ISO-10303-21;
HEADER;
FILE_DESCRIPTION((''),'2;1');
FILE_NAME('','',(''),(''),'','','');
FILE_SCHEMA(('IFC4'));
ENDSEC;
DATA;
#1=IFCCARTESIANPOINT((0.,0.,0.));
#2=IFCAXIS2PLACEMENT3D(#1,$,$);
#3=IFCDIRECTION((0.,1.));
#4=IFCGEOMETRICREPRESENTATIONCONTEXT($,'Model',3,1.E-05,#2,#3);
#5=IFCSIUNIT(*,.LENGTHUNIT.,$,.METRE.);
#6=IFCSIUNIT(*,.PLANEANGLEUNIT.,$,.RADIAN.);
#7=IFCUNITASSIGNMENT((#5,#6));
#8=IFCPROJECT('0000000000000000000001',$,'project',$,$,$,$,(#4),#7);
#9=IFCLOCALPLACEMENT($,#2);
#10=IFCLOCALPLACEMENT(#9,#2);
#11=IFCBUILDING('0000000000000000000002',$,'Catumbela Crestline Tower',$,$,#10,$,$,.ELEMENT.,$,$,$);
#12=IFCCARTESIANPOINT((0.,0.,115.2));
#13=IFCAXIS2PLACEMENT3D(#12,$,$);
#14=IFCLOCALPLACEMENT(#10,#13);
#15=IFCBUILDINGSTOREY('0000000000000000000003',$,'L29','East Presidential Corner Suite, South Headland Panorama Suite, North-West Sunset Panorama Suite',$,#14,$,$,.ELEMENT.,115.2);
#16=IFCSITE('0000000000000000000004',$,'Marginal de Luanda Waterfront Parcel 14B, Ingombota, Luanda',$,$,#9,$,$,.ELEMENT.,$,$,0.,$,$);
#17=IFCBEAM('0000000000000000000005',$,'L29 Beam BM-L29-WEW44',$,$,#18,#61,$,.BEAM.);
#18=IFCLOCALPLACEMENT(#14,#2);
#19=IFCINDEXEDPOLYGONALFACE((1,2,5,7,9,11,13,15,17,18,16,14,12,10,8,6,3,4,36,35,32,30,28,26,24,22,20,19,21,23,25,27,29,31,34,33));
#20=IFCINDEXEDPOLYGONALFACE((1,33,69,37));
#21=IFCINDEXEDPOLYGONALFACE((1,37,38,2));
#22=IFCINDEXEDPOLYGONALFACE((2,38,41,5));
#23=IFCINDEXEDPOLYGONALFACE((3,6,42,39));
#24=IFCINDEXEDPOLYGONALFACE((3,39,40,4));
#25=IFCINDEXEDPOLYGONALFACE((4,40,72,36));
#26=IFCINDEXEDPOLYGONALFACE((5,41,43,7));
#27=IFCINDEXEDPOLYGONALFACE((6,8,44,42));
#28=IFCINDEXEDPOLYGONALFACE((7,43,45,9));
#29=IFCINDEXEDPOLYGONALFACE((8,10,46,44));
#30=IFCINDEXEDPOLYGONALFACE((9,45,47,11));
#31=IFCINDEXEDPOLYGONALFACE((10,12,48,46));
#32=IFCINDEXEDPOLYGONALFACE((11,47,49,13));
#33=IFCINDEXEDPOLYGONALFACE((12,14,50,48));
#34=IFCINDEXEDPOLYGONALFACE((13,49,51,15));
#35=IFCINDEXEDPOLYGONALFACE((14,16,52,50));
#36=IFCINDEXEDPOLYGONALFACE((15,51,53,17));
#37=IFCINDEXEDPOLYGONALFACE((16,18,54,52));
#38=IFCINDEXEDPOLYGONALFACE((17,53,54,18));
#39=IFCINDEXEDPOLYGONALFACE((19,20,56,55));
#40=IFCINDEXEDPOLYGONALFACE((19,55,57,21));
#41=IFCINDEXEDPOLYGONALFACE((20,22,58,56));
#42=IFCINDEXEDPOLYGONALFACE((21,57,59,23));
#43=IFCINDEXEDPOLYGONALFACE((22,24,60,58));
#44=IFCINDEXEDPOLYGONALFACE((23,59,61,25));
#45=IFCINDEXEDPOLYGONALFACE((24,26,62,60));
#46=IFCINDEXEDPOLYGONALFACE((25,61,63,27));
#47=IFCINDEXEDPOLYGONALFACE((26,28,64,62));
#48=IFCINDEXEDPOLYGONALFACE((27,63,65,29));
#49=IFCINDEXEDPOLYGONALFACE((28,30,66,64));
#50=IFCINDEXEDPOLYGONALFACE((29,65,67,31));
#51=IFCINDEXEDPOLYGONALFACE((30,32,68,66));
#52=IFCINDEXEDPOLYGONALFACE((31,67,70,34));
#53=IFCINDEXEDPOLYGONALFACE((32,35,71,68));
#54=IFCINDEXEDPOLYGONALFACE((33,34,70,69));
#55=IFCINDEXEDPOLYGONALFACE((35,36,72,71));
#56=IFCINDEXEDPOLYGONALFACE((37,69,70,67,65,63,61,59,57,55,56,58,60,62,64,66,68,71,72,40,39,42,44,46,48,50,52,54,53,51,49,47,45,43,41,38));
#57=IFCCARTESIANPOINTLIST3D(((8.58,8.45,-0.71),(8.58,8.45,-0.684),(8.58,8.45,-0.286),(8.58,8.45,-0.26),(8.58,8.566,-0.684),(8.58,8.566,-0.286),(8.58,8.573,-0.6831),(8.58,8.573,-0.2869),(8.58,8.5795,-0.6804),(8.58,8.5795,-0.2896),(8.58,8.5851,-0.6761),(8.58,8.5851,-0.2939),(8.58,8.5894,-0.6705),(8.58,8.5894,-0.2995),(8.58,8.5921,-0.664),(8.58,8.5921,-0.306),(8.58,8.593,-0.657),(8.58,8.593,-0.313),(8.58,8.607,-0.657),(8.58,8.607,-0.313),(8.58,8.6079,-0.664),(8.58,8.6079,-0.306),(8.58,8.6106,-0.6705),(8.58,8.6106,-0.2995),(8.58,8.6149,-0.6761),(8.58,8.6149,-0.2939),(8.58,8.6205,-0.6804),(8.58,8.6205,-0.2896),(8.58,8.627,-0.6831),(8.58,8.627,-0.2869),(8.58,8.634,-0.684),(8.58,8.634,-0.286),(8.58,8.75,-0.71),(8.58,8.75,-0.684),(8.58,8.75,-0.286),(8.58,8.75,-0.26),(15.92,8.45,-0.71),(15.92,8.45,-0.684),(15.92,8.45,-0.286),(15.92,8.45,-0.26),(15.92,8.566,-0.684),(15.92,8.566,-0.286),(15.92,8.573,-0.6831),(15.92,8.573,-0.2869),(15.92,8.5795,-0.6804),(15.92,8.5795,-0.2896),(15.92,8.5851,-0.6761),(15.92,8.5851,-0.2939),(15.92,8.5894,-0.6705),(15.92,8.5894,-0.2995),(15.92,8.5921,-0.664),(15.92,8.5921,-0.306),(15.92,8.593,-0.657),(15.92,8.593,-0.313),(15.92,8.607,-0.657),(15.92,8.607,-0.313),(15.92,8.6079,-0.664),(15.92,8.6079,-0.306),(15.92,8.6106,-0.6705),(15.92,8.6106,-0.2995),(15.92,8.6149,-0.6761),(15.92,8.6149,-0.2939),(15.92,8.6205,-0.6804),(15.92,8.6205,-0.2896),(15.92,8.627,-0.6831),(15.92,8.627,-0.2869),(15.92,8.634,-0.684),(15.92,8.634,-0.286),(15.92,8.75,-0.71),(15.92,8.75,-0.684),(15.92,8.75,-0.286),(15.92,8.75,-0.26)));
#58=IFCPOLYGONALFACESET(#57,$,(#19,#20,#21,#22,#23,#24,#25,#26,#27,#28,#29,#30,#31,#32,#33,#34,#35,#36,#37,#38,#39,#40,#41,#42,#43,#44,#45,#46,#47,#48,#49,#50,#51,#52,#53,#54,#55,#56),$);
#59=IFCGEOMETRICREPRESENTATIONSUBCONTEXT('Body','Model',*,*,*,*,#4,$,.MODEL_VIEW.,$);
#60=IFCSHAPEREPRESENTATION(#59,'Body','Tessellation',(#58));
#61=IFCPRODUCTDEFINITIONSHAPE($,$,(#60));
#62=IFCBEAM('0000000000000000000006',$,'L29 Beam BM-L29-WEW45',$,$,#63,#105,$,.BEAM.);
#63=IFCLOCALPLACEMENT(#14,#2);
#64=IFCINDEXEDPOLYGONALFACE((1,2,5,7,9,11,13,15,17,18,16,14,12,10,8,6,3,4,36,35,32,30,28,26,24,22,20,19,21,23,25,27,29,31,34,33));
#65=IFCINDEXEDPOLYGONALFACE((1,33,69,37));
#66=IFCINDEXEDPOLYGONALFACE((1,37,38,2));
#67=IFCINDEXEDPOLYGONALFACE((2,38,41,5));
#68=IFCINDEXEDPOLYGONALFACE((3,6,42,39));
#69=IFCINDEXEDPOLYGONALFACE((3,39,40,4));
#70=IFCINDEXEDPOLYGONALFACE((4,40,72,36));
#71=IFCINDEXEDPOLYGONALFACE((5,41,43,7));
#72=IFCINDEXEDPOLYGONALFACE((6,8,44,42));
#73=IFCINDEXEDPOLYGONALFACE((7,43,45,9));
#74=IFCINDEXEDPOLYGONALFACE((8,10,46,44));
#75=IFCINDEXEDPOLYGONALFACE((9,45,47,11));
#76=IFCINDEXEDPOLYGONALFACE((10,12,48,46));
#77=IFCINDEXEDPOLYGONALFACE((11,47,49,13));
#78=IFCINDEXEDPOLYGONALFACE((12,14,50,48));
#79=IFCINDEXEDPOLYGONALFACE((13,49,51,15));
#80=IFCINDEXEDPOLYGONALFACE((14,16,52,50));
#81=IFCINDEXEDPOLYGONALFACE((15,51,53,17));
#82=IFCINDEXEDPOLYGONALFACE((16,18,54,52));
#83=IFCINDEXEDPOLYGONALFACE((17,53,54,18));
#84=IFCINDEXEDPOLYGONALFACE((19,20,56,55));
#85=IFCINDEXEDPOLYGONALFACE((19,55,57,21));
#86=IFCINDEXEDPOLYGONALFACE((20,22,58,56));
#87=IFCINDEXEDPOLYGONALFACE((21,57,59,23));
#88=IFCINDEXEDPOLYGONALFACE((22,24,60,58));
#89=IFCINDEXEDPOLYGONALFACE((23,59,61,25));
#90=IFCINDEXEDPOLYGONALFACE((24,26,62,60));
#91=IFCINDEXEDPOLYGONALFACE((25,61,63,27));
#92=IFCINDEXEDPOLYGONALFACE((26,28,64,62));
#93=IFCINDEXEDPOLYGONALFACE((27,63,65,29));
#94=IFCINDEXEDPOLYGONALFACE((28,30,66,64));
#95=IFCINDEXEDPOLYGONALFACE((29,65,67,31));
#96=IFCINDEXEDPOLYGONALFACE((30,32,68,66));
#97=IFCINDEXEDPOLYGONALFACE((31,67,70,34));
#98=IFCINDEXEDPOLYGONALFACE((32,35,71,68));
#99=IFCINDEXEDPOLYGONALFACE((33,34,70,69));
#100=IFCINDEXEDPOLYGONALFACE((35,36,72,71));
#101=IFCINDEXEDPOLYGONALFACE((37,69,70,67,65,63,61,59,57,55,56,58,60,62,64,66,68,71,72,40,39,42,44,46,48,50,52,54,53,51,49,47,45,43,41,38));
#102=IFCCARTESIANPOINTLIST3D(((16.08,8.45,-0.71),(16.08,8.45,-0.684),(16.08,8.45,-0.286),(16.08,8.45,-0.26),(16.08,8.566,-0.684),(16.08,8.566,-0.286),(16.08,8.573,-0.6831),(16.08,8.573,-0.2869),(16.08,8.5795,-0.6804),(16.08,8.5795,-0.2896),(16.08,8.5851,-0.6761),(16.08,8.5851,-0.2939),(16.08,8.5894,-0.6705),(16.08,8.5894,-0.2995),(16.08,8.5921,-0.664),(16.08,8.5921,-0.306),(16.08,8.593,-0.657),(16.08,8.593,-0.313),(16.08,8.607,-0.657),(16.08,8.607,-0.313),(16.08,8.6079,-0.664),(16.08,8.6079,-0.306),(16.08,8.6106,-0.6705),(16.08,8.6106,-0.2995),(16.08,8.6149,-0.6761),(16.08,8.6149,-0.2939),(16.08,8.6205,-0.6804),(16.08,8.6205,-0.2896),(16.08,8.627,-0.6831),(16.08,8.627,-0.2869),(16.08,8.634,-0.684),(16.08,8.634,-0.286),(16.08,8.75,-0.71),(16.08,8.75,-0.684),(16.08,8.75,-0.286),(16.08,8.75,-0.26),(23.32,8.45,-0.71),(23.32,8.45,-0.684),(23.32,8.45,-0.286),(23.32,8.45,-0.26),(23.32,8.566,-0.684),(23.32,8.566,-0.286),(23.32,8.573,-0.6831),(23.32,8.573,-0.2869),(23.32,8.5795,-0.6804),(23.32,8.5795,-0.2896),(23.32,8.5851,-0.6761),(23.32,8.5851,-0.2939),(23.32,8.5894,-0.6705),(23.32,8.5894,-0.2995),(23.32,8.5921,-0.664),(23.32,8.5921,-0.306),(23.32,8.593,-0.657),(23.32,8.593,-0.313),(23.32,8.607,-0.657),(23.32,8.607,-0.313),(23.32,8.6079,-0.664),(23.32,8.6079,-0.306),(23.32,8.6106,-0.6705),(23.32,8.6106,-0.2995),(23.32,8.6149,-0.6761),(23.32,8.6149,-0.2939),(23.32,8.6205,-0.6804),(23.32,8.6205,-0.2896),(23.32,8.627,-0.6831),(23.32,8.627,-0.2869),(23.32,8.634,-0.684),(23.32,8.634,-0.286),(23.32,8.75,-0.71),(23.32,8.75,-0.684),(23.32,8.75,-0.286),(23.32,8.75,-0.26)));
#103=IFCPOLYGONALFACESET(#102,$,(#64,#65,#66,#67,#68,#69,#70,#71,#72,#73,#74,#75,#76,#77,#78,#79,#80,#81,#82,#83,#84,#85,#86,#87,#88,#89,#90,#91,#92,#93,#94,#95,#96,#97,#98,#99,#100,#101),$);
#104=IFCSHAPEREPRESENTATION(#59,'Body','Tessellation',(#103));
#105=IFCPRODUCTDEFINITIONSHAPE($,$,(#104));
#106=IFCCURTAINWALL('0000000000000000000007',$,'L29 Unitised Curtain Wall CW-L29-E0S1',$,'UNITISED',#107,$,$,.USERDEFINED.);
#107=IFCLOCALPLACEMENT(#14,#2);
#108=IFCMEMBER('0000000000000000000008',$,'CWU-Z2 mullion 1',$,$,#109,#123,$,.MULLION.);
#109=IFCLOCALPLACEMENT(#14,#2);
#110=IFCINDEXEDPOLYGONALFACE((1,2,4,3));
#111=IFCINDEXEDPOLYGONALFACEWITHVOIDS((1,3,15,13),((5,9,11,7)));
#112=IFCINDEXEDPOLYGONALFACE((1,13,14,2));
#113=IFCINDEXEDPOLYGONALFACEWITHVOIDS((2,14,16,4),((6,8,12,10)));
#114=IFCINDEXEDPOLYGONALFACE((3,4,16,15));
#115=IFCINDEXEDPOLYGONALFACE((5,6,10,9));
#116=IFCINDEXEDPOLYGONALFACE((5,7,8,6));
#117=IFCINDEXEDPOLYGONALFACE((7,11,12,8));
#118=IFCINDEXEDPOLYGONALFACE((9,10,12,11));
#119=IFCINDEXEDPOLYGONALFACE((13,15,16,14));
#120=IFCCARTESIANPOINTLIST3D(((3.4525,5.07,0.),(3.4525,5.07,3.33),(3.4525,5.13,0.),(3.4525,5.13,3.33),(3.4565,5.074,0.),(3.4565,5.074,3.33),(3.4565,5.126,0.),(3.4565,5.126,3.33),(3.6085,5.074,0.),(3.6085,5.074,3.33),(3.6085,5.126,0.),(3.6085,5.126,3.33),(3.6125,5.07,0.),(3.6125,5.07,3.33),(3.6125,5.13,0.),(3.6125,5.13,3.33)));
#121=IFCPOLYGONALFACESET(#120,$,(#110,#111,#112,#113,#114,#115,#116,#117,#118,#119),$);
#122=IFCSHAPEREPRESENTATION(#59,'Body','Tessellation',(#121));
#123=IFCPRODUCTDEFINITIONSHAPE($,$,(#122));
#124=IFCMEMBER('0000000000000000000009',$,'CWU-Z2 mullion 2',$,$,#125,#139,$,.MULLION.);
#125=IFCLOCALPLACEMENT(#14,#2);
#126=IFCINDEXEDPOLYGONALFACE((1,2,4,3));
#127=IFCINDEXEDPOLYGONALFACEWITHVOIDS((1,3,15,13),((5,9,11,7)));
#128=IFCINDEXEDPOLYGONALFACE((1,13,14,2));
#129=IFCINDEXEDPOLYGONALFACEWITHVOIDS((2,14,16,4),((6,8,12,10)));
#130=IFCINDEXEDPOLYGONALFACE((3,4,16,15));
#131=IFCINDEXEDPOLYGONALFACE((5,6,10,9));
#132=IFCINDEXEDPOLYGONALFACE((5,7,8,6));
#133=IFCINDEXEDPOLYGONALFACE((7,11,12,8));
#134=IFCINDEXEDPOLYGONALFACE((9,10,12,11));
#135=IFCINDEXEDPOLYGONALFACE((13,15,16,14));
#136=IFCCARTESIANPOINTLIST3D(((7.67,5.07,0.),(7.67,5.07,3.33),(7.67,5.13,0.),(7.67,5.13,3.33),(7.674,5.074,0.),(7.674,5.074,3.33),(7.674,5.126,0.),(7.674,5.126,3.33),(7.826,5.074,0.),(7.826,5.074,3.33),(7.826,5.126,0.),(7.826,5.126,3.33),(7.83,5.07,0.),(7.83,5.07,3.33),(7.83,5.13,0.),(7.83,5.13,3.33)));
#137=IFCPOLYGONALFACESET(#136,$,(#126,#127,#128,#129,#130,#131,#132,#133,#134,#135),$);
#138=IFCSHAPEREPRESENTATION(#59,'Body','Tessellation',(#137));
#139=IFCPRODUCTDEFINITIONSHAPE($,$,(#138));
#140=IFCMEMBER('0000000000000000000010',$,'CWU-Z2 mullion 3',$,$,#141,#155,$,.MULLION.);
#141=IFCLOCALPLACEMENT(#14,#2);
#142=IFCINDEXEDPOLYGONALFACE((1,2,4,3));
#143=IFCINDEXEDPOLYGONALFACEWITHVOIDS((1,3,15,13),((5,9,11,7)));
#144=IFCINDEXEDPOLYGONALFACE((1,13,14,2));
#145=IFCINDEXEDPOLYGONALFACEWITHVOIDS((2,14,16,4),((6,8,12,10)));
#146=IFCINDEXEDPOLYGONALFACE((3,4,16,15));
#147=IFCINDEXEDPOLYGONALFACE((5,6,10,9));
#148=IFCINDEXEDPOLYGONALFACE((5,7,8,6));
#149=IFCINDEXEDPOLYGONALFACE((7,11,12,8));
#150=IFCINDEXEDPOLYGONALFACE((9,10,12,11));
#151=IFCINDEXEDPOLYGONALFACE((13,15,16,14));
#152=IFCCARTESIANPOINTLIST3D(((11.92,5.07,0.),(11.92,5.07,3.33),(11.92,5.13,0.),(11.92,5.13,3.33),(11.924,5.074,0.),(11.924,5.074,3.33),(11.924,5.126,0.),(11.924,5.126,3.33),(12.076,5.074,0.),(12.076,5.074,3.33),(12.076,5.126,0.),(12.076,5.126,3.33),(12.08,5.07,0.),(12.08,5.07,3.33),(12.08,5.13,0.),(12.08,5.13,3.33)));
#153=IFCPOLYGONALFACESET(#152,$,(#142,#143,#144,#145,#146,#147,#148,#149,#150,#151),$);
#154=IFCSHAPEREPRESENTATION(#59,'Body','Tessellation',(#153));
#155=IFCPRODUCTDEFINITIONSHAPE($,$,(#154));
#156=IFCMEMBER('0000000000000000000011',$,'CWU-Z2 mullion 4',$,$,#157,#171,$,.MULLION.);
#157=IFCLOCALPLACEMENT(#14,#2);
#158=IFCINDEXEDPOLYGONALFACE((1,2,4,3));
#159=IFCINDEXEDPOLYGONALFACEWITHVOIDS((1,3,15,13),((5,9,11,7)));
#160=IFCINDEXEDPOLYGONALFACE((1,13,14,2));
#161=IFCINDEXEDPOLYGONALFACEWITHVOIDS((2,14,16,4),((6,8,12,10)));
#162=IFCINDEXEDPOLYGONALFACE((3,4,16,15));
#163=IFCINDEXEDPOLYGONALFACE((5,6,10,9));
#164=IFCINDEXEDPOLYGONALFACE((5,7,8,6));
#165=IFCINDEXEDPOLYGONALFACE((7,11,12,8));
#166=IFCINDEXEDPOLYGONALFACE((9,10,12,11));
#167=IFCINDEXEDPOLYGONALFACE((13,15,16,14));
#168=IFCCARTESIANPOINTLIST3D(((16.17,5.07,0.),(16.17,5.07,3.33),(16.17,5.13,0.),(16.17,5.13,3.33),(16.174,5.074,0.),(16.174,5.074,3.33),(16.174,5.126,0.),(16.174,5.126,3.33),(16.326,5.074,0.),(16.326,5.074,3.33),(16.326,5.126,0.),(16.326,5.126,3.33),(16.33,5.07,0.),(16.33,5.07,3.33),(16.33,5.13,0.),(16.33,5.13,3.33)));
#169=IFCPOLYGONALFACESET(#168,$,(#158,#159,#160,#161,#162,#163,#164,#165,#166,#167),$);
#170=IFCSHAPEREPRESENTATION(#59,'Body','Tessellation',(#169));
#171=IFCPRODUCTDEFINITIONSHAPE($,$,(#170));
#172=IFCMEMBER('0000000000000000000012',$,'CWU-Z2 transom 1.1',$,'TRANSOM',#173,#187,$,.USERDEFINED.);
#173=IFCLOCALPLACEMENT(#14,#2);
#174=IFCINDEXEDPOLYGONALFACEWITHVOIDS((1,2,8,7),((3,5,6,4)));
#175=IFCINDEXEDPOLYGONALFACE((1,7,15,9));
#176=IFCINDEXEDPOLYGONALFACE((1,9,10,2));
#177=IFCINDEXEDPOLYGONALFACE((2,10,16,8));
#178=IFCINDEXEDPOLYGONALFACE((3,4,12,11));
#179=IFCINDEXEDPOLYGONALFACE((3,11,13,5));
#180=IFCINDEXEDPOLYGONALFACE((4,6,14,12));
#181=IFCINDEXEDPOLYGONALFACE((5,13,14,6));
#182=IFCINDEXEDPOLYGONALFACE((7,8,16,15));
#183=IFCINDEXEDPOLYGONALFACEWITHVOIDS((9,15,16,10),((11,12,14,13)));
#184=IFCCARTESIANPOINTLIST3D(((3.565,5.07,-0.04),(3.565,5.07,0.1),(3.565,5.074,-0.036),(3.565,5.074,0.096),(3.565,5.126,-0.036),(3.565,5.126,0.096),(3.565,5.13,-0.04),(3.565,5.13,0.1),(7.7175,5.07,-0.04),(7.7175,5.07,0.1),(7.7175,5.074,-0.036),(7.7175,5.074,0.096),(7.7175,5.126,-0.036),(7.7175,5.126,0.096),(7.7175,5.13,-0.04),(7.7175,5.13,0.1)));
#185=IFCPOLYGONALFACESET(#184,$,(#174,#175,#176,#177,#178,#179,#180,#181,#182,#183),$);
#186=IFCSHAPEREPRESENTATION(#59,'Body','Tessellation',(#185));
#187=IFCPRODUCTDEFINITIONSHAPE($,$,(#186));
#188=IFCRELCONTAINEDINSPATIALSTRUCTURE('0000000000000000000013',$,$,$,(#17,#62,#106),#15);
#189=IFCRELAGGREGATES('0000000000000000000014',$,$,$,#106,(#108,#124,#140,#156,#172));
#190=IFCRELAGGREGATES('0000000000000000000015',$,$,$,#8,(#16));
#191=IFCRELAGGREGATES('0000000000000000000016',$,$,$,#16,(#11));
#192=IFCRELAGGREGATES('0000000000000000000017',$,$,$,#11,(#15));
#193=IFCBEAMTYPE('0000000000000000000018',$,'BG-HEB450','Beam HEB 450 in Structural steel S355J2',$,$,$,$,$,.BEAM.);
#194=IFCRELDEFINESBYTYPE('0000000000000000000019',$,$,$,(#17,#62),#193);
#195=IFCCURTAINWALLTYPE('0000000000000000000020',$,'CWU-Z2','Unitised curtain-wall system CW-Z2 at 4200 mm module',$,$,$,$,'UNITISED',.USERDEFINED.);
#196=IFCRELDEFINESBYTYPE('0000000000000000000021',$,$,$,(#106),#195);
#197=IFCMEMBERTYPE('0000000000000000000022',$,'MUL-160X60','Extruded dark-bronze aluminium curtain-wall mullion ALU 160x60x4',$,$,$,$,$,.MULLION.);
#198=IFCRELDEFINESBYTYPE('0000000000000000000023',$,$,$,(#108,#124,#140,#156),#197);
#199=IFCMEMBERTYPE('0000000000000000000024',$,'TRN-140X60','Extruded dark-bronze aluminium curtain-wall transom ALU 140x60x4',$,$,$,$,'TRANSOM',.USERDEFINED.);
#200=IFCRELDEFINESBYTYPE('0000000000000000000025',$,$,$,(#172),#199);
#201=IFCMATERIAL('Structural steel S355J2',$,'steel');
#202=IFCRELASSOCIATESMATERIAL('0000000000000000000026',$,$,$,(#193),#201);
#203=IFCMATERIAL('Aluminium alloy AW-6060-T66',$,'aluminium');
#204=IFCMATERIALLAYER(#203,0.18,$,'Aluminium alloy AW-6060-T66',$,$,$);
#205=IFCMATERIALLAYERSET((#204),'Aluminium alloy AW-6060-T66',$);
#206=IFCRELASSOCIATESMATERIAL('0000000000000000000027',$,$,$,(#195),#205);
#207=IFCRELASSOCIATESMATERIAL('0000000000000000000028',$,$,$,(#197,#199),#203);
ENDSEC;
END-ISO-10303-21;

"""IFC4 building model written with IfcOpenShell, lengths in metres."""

from ifc_helpers import new_model, si_unit, direction, frame, origin, origin_2d, place, context, subcontext, project, spatial, hollow_rectangle, i_section, extrude, material, layer, layer_set, material_profile, profile_set, type_object, element, aggregate, save


model = new_model("IFC4")

# Units and contexts
model_context = context("Model", 3, precision=1e-05, world=origin(), true_north=direction((0.0, 1.0)))
body_context = subcontext(model_context, "Body", "Model", "MODEL_VIEW")
ifc_project = project(units=[si_unit("LENGTHUNIT", "METRE"), si_unit("PLANEANGLEUNIT", "RADIAN")], contexts=[model_context])

# Site, building, storey
site_placement = place(None, origin())
site = spatial("IfcSite", under=ifc_project, at=site_placement, Name="Marginal de Luanda Waterfront Parcel 14B, Ingombota, Luanda", CompositionType="ELEMENT", RefElevation=0.0)
building_placement = place(site_placement, origin())
building = spatial("IfcBuilding", under=site, at=building_placement, Name="Catumbela Crestline Tower", CompositionType="ELEMENT")
storey_placement = place(building_placement, frame((0.0, 0.0, 115.2)))
storey = spatial("IfcBuildingStorey", under=building, at=storey_placement, Name="L29", Description="East Presidential Corner Suite, South Headland Panorama Suite, North-West Sunset Panorama Suite", CompositionType="ELEMENT", Elevation=115.2)

# Beams
ifc_material_1 = material(Name="Structural steel S355J2", Category="steel")
ifc_material_profile_1 = material_profile(ifc_material_1, i_section(OverallWidth=0.3, OverallDepth=0.45, WebThickness=0.014, FlangeThickness=0.026, FilletRadius=0.027, at=origin_2d()), Name="HEB 450")
ifc_profile_set_1 = profile_set([ifc_material_profile_1], Name="Structural steel S355J2")
beam_type = type_object("IfcBeamType", Name="BG-HEB450", Description="Beam HEB 450 in Structural steel S355J2", PredefinedType="BEAM", material=ifc_profile_set_1)
beam_1_placement = place(storey_placement, frame((8.58, 8.6, -0.485), z_axis=(1.0, 0.0, 0.0), x_axis=(0.0, 1.0, 0.0)))
element("IfcBeam", 1, at=beam_1_placement, inside=storey, type_object=beam_type, Name="L29 Beam BM-L29-WEW44", PredefinedType="BEAM", context=body_context, shape_type="SweptSolid", body=[
    extrude(i_section(OverallWidth=0.3, OverallDepth=0.45, WebThickness=0.014, FlangeThickness=0.026, FilletRadius=0.027, at=origin_2d()), origin(), (0.0, 0.0, 1.0), 7.34),
])
beam_2_placement = place(storey_placement, frame((16.08, 8.6, -0.485), z_axis=(1.0, 0.0, 0.0), x_axis=(0.0, 1.0, 0.0)))
element("IfcBeam", 2, at=beam_2_placement, inside=storey, type_object=beam_type, Name="L29 Beam BM-L29-WEW45", PredefinedType="BEAM", context=body_context, shape_type="SweptSolid", body=[
    extrude(i_section(OverallWidth=0.3, OverallDepth=0.45, WebThickness=0.014, FlangeThickness=0.026, FilletRadius=0.027, at=origin_2d()), origin(), (0.0, 0.0, 1.0), 7.24),
])

# Curtain wall, members
ifc_material_2 = material(Name="Aluminium alloy AW-6060-T66", Category="aluminium")
ifc_layer_1 = layer(ifc_material_2, 0.18, Name="Aluminium alloy AW-6060-T66")
ifc_layer_set_1 = layer_set([ifc_layer_1], Name="Aluminium alloy AW-6060-T66")
curtain_wall_type = type_object("IfcCurtainWallType", Name="CWU-Z2", Description="Unitised curtain-wall system CW-Z2 at 4200 mm module", ElementType="UNITISED", PredefinedType="USERDEFINED", material=ifc_layer_set_1)
curtain_wall_placement = place(storey_placement, origin())
curtain_wall = element("IfcCurtainWall", 3, at=curtain_wall_placement, inside=storey, type_object=curtain_wall_type, Name="L29 Unitised Curtain Wall CW-L29-E0S1", ObjectType="UNITISED", PredefinedType="USERDEFINED")
ifc_material_profile_2 = material_profile(ifc_material_2, hollow_rectangle(XDim=0.06, YDim=0.16, WallThickness=0.004, at=origin_2d()), Name="ALU 160x60x4")
ifc_profile_set_2 = profile_set([ifc_material_profile_2], Name="Aluminium alloy AW-6060-T66")
member_type_1 = type_object("IfcMemberType", Name="MUL-160X60", Description="Extruded dark-bronze aluminium curtain-wall mullion ALU 160x60x4", PredefinedType="MULLION", material=ifc_profile_set_2)
member_1_placement = place(storey_placement, frame((3.5325, 5.1, 0.0), z_axis=(0.0, 0.0, 1.0), x_axis=(0.0, 1.0, 0.0)))
member_1 = element("IfcMember", 4, at=member_1_placement, type_object=member_type_1, Name="CWU-Z2 mullion 1", PredefinedType="MULLION", context=body_context, shape_type="SweptSolid", body=[
    extrude(hollow_rectangle(XDim=0.06, YDim=0.16, WallThickness=0.004, at=origin_2d()), origin(), (0.0, 0.0, 1.0), 3.33),
])
member_2_placement = place(storey_placement, frame((7.75, 5.1, 0.0), z_axis=(0.0, 0.0, 1.0), x_axis=(0.0, 1.0, 0.0)))
member_2 = element("IfcMember", 5, at=member_2_placement, type_object=member_type_1, Name="CWU-Z2 mullion 2", PredefinedType="MULLION", context=body_context, shape_type="SweptSolid", body=[
    extrude(hollow_rectangle(XDim=0.06, YDim=0.16, WallThickness=0.004, at=origin_2d()), origin(), (0.0, 0.0, 1.0), 3.33),
])
member_3_placement = place(storey_placement, frame((12.0, 5.1, 0.0), z_axis=(0.0, 0.0, 1.0), x_axis=(0.0, 1.0, 0.0)))
member_3 = element("IfcMember", 6, at=member_3_placement, type_object=member_type_1, Name="CWU-Z2 mullion 3", PredefinedType="MULLION", context=body_context, shape_type="SweptSolid", body=[
    extrude(hollow_rectangle(XDim=0.06, YDim=0.16, WallThickness=0.004, at=origin_2d()), origin(), (0.0, 0.0, 1.0), 3.33),
])
member_4_placement = place(storey_placement, frame((16.25, 5.1, 0.0), z_axis=(0.0, 0.0, 1.0), x_axis=(0.0, 1.0, 0.0)))
member_4 = element("IfcMember", 7, at=member_4_placement, type_object=member_type_1, Name="CWU-Z2 mullion 4", PredefinedType="MULLION", context=body_context, shape_type="SweptSolid", body=[
    extrude(hollow_rectangle(XDim=0.06, YDim=0.16, WallThickness=0.004, at=origin_2d()), origin(), (0.0, 0.0, 1.0), 3.33),
])
ifc_material_profile_3 = material_profile(ifc_material_2, hollow_rectangle(XDim=0.06, YDim=0.14, WallThickness=0.004, at=origin_2d()), Name="ALU 140x60x4")
ifc_profile_set_3 = profile_set([ifc_material_profile_3], Name="Aluminium alloy AW-6060-T66")
member_type_2 = type_object("IfcMemberType", Name="TRN-140X60", Description="Extruded dark-bronze aluminium curtain-wall transom ALU 140x60x4", ElementType="TRANSOM", PredefinedType="USERDEFINED", material=ifc_profile_set_3)
member_5_placement = place(storey_placement, frame((3.565, 5.1, 0.03), z_axis=(1.0, 0.0, 0.0), x_axis=(0.0, 1.0, 0.0)))
member_5 = element("IfcMember", 8, at=member_5_placement, type_object=member_type_2, Name="CWU-Z2 transom 1.1", ObjectType="TRANSOM", PredefinedType="USERDEFINED", context=body_context, shape_type="SweptSolid", body=[
    extrude(hollow_rectangle(XDim=0.06, YDim=0.14, WallThickness=0.004, at=origin_2d()), origin(), (0.0, 0.0, 1.0), 4.1525),
])
aggregate(curtain_wall, [member_1, member_2, member_3, member_4, member_5])

save(model, "model.ifc")
